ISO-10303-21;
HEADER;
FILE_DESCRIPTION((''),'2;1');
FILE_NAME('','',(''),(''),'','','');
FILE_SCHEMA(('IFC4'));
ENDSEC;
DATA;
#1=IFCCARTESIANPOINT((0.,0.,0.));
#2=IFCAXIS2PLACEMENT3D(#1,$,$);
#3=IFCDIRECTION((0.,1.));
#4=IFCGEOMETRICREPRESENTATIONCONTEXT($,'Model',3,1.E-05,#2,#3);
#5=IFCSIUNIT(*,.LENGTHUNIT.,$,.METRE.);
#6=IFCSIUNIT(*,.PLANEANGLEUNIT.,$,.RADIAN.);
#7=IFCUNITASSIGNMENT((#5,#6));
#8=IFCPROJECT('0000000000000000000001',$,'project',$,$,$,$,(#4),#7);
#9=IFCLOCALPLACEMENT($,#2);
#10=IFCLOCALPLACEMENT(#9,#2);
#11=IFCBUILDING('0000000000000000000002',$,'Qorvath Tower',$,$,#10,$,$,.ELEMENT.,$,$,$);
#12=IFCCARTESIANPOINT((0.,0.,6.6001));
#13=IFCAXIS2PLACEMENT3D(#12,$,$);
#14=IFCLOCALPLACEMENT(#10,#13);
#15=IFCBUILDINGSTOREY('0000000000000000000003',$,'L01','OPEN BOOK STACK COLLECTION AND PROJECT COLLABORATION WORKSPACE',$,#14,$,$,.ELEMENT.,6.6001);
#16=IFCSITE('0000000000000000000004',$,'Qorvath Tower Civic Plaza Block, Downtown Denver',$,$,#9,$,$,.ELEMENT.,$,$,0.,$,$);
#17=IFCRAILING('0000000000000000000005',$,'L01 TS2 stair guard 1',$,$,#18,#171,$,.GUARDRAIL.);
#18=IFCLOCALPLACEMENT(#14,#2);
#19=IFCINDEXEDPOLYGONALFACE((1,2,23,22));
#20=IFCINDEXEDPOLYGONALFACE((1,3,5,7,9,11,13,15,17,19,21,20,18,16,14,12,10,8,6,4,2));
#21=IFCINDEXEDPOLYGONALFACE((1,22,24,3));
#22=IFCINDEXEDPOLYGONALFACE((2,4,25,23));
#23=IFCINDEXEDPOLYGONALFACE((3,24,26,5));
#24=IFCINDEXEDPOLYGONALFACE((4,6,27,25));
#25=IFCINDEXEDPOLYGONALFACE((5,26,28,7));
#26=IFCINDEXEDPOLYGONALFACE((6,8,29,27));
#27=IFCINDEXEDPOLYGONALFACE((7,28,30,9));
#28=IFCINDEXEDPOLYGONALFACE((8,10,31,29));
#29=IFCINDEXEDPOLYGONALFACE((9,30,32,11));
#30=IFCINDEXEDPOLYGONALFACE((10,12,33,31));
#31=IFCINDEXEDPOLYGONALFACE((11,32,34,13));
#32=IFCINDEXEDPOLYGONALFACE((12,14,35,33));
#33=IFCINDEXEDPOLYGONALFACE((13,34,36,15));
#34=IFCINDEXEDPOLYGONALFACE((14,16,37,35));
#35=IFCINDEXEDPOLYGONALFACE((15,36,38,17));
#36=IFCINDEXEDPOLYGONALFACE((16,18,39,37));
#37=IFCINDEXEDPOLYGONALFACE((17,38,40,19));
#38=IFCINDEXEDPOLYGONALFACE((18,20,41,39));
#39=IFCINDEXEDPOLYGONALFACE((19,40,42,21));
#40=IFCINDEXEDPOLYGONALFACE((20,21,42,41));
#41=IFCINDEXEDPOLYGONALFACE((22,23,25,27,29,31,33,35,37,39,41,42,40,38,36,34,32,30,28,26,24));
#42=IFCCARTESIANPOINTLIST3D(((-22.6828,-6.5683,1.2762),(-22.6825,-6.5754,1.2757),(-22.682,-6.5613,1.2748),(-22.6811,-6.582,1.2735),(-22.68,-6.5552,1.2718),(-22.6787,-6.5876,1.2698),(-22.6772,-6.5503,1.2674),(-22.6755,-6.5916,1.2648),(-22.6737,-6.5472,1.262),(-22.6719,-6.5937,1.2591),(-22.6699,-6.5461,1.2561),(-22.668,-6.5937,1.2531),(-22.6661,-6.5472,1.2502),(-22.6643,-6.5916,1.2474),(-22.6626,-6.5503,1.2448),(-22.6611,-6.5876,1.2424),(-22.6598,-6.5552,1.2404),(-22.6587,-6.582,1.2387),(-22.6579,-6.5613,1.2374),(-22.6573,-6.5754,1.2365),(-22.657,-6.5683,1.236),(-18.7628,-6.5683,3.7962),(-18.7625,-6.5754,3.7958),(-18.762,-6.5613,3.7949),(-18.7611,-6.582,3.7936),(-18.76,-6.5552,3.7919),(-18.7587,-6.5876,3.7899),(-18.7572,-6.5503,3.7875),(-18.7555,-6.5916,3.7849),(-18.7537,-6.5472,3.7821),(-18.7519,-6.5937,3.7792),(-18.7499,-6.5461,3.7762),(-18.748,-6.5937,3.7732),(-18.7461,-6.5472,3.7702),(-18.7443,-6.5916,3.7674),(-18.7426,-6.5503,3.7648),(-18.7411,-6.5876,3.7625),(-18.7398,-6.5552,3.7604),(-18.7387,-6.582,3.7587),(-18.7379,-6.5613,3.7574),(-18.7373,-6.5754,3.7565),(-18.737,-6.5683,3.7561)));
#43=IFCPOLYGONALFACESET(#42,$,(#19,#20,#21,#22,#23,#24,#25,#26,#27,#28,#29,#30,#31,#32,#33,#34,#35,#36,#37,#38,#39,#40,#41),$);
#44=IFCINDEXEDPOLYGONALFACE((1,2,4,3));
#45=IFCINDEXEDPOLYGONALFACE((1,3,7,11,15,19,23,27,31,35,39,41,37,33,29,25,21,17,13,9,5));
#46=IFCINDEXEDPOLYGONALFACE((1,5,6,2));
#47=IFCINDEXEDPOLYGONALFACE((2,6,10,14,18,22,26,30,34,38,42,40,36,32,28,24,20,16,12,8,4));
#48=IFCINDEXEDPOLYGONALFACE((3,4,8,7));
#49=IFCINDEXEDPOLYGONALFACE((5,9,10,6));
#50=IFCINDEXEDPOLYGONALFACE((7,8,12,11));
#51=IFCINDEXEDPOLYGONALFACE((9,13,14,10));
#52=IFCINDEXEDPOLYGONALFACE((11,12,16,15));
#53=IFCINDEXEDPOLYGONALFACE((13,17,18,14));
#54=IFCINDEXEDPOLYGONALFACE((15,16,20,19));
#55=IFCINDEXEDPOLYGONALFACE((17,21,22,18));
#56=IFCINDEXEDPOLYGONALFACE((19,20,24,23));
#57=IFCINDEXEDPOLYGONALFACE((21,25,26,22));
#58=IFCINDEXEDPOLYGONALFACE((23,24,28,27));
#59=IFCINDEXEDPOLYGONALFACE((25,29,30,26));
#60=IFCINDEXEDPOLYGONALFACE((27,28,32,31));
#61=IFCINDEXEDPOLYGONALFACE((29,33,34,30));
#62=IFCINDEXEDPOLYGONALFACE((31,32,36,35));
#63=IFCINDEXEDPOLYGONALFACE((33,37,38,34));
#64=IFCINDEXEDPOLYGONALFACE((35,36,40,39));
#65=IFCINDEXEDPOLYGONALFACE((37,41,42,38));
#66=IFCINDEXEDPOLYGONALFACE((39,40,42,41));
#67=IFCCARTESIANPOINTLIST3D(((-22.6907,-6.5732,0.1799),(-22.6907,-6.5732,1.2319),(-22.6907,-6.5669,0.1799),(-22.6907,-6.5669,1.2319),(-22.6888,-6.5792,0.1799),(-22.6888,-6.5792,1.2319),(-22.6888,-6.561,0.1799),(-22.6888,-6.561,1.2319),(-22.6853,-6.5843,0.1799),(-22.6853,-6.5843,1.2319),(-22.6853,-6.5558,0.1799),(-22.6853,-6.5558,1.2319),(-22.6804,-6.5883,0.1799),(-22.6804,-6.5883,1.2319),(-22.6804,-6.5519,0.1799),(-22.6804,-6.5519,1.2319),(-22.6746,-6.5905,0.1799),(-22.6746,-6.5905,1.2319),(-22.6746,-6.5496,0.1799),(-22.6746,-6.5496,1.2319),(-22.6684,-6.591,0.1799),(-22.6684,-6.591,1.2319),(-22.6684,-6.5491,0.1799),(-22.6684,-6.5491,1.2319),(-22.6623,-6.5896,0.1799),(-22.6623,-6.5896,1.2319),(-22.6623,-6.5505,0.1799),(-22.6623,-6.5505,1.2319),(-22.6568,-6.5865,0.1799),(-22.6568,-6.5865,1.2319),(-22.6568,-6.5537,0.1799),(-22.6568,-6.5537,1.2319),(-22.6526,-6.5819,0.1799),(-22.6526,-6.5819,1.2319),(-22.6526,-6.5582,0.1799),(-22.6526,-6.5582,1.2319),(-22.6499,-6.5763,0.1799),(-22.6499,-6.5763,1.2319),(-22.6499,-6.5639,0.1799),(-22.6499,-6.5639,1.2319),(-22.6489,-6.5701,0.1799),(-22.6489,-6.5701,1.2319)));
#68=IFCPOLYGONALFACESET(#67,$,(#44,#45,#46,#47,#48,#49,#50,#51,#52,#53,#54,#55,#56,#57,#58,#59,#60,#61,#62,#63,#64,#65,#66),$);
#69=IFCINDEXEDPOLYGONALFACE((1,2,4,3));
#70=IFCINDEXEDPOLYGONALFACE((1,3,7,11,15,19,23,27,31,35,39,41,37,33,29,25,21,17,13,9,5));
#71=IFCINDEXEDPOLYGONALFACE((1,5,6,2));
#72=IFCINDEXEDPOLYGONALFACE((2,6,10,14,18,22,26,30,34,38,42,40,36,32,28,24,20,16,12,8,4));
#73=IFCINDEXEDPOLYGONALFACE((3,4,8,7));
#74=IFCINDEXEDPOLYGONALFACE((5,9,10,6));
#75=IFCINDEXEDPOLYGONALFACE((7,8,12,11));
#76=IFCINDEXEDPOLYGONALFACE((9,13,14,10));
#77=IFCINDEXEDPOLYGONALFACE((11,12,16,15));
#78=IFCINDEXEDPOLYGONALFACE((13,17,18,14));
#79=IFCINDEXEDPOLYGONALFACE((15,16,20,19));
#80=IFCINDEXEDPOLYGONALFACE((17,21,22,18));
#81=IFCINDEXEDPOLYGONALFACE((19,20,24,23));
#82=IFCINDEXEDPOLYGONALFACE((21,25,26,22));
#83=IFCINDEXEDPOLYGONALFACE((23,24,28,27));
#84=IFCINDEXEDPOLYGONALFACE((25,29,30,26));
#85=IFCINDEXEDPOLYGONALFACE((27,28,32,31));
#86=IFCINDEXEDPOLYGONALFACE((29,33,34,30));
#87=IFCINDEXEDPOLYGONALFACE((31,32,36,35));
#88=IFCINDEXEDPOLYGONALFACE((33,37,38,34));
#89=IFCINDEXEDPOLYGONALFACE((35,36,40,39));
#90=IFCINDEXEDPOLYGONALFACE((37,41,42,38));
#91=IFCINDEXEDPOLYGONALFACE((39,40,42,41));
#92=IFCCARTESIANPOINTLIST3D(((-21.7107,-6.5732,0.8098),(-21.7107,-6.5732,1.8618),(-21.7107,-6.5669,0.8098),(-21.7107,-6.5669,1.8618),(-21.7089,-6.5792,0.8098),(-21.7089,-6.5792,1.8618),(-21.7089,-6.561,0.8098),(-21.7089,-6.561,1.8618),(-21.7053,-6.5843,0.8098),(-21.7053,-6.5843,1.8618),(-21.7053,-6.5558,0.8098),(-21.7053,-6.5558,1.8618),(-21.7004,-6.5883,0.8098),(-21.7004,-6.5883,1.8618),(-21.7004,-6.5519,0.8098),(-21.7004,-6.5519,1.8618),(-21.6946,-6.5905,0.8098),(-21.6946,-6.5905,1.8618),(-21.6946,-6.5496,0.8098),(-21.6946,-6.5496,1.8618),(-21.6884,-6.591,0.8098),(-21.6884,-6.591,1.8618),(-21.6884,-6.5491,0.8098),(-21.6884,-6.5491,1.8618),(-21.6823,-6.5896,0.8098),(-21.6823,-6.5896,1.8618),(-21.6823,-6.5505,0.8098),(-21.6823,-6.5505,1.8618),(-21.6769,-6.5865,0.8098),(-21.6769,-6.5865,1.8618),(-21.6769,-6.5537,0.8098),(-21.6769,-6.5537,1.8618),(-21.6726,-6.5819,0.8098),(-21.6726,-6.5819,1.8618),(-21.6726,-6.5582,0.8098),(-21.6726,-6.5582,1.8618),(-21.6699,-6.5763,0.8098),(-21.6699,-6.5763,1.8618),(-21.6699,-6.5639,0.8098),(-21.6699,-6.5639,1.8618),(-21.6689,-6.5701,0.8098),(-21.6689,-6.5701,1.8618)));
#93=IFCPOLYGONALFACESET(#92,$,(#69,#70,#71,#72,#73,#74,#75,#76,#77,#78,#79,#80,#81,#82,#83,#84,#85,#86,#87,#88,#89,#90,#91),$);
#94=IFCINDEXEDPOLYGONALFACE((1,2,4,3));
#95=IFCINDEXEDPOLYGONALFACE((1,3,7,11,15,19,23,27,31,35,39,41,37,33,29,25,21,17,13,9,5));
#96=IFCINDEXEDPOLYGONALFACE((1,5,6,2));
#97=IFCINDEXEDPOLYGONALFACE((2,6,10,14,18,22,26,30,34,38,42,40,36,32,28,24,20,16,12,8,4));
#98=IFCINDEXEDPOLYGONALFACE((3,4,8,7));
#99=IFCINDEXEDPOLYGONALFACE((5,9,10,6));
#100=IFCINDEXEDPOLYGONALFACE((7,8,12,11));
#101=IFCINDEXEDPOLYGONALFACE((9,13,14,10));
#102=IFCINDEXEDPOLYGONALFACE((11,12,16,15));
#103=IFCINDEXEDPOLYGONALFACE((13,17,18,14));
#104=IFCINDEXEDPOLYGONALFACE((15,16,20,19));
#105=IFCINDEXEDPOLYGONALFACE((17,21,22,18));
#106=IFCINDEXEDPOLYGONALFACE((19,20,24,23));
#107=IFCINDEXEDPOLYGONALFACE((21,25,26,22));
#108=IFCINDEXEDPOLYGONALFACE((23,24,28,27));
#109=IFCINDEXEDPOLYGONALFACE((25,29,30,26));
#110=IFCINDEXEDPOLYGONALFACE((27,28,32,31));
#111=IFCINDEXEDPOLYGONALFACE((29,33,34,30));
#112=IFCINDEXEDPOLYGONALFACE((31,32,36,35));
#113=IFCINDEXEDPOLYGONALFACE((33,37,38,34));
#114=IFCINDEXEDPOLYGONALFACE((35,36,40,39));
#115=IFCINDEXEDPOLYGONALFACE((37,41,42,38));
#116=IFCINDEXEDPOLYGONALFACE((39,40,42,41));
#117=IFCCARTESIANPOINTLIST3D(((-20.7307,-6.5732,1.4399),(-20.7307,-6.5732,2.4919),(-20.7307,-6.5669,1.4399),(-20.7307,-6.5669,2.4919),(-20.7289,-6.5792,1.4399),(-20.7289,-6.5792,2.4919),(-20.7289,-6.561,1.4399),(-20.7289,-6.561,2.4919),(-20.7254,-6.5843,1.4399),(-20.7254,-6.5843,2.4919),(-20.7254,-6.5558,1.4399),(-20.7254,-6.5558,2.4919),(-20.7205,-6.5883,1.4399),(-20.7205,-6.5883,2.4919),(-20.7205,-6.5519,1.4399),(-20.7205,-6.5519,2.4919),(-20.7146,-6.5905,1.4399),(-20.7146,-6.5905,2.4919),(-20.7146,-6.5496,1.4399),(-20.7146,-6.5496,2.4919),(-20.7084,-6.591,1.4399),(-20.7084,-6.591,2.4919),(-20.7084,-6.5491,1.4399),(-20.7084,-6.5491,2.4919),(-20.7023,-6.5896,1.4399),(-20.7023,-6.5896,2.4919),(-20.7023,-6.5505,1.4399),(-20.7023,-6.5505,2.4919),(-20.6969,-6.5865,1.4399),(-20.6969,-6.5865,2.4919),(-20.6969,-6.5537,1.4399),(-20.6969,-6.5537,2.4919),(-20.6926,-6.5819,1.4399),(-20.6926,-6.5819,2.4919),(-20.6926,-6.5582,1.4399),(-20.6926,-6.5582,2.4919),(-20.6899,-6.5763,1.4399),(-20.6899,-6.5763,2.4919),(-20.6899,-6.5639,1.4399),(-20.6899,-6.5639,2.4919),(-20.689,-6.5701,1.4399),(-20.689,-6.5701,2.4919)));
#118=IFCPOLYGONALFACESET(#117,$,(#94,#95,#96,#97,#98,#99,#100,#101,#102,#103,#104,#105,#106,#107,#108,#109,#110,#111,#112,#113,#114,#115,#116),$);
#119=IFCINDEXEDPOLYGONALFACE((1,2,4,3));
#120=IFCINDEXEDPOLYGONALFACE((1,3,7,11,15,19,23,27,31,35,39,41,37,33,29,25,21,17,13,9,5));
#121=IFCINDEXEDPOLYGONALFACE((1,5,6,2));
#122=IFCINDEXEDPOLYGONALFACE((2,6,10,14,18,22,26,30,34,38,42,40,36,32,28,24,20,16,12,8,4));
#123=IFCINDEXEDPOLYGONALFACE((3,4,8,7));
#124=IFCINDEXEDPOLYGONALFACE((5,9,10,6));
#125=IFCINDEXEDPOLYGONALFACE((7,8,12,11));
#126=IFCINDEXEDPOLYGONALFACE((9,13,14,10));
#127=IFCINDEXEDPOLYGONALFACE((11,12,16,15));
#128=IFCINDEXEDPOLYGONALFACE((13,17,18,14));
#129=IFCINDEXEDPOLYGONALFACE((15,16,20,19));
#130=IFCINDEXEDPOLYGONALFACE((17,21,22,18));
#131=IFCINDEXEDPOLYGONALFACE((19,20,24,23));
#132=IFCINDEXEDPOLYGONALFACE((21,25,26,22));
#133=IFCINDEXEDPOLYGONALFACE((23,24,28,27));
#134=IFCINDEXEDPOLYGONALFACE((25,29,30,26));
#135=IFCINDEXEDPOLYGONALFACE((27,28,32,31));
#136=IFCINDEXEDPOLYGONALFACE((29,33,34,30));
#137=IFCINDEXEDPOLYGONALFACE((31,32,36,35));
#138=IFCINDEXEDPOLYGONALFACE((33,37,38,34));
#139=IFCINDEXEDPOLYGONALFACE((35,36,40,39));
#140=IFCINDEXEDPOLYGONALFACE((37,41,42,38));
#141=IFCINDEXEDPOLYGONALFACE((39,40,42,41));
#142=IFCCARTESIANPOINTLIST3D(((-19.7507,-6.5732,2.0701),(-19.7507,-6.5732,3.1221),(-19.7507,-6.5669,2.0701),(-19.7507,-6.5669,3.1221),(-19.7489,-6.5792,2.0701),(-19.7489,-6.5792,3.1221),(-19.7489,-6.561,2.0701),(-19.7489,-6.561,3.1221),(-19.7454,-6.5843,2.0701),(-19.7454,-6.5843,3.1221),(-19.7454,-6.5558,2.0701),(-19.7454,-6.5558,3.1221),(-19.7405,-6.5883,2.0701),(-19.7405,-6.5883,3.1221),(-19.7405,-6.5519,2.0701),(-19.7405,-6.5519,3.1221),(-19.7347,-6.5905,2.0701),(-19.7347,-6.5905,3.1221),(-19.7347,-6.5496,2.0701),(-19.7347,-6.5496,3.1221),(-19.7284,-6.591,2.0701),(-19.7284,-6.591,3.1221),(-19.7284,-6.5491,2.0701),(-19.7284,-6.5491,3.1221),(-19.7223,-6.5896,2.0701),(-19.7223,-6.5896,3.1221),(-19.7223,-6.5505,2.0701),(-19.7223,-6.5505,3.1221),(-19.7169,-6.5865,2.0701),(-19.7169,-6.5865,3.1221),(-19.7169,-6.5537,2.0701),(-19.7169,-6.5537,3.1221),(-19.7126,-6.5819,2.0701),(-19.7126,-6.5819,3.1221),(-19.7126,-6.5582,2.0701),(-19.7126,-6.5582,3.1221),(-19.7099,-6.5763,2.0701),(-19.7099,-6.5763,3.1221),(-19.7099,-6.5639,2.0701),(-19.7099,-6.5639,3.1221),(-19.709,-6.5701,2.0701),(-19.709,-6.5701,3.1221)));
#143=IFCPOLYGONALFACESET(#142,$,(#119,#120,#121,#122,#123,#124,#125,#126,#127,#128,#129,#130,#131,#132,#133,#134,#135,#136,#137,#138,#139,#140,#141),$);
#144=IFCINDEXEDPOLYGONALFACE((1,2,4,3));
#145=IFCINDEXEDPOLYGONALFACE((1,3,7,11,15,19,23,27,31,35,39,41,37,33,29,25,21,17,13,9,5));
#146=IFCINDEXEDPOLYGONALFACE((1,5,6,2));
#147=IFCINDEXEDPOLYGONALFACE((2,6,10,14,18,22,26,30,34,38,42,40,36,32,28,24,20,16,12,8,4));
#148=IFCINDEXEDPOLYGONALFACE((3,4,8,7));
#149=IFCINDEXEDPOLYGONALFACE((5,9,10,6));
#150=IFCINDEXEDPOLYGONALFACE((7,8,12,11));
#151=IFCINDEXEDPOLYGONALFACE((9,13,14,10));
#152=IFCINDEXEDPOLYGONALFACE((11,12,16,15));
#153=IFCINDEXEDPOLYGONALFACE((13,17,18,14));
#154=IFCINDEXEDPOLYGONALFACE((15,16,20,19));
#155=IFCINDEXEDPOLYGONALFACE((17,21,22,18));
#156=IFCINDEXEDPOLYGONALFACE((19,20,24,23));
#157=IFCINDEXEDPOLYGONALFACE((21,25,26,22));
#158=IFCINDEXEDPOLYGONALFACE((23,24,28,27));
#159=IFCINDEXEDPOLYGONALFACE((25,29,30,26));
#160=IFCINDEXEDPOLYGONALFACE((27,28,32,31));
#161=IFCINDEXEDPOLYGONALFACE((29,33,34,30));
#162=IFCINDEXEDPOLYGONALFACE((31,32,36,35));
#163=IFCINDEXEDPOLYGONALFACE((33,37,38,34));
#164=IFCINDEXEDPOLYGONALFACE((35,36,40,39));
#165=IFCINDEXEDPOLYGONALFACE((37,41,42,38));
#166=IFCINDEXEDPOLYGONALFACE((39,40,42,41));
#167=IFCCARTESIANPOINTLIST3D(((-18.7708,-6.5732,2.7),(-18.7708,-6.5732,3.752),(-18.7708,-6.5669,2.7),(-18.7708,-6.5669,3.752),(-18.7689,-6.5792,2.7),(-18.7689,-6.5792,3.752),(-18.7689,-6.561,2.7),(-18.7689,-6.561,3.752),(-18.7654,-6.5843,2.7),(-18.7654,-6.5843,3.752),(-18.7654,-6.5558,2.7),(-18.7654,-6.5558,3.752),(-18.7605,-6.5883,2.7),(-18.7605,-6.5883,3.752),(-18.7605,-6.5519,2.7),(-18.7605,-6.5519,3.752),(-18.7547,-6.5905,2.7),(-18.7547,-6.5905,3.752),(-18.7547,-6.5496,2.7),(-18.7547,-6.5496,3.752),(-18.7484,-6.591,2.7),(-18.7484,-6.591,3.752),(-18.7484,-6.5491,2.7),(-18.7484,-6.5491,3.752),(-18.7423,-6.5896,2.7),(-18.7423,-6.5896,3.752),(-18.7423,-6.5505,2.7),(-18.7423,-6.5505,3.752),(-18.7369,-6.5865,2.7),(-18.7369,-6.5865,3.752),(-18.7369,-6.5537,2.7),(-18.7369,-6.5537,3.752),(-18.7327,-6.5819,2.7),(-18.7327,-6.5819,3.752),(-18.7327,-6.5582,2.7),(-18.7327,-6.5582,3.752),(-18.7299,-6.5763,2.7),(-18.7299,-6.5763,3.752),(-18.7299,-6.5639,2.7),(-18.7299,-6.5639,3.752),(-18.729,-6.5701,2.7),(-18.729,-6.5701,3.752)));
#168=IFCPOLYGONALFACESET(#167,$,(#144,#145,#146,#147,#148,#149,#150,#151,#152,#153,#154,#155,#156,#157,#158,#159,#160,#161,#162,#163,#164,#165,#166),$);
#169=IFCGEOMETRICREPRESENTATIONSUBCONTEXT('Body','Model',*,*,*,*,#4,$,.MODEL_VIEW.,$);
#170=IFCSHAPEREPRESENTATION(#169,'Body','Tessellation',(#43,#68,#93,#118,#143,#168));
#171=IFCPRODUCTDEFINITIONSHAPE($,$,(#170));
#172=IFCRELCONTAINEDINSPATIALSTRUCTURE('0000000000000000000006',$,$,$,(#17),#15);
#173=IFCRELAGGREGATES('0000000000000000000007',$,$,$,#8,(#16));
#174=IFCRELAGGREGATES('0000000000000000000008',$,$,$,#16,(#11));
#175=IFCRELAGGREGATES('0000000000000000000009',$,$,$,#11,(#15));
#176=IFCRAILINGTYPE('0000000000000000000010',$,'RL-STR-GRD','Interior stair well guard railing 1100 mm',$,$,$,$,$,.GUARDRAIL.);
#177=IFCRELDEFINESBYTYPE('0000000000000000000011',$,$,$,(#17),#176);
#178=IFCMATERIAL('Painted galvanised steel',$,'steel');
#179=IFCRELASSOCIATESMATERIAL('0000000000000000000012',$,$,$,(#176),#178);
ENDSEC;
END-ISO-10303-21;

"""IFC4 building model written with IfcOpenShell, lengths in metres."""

from ifc_helpers import new_model, si_unit, direction, frame, origin, origin_2d, place, context, subcontext, project, spatial, circle, extrude, material, type_object, element, save


model = new_model("IFC4")

# Units and contexts
model_context = context("Model", 3, precision=1e-05, world=origin(), true_north=direction((0.0, 1.0)))
body_context = subcontext(model_context, "Body", "Model", "MODEL_VIEW")
ifc_project = project(units=[si_unit("LENGTHUNIT", "METRE"), si_unit("PLANEANGLEUNIT", "RADIAN")], contexts=[model_context])

# Site, building, storey
site_placement = place(None, origin())
site = spatial("IfcSite", under=ifc_project, at=site_placement, Name="Qorvath Tower Civic Plaza Block, Downtown Denver", CompositionType="ELEMENT", RefElevation=0.0)
building_placement = place(site_placement, origin())
building = spatial("IfcBuilding", under=site, at=building_placement, Name="Qorvath Tower", CompositionType="ELEMENT")
storey_placement = place(building_placement, frame((0.0, 0.0, 6.6001)))
storey = spatial("IfcBuildingStorey", under=building, at=storey_placement, Name="L01", Description="OPEN BOOK STACK COLLECTION AND PROJECT COLLABORATION WORKSPACE", CompositionType="ELEMENT", Elevation=6.6001)

# Railing
ifc_material_1 = material(Name="Painted galvanised steel", Category="steel")
railing_type_1 = type_object("IfcRailingType", Name="RL-STR-GRD", Description="Interior stair well guard railing 1100 mm", PredefinedType="GUARDRAIL", material=ifc_material_1)
railing_1_placement = place(storey_placement, frame((-22.6699, -6.5701, 0.1799)))
element("IfcRailing", 1, at=railing_1_placement, inside=storey, type_object=railing_type_1, Name="L01 TS2 stair guard 1", PredefinedType="GUARDRAIL", context=body_context, shape_type="SweptSolid", body=[
    extrude(circle(Radius=0.0239, at=origin_2d()), frame((0.0, 0.0, 1.0762), z_axis=(0.841172, 0.0, 0.540768), x_axis=(0.0, 1.0, 0.0)), (0.0, 0.0, 1.0), 4.6602),
    extrude(circle(Radius=0.021, at=origin_2d()), origin(), (0.0, 0.0, 1.0), 1.052),
    extrude(circle(Radius=0.021, at=origin_2d()), frame((0.98, 0.0, 0.6299)), (0.0, 0.0, 1.0), 1.052),
    extrude(circle(Radius=0.021, at=origin_2d()), frame((1.96, 0.0, 1.26)), (0.0, 0.0, 1.0), 1.052),
    extrude(circle(Radius=0.021, at=origin_2d()), frame((2.9399, 0.0, 1.8901)), (0.0, 0.0, 1.0), 1.052),
    extrude(circle(Radius=0.021, at=origin_2d()), frame((3.9199, 0.0, 2.52)), (0.0, 0.0, 1.0), 1.052),
])

save(model, "model.ifc")
